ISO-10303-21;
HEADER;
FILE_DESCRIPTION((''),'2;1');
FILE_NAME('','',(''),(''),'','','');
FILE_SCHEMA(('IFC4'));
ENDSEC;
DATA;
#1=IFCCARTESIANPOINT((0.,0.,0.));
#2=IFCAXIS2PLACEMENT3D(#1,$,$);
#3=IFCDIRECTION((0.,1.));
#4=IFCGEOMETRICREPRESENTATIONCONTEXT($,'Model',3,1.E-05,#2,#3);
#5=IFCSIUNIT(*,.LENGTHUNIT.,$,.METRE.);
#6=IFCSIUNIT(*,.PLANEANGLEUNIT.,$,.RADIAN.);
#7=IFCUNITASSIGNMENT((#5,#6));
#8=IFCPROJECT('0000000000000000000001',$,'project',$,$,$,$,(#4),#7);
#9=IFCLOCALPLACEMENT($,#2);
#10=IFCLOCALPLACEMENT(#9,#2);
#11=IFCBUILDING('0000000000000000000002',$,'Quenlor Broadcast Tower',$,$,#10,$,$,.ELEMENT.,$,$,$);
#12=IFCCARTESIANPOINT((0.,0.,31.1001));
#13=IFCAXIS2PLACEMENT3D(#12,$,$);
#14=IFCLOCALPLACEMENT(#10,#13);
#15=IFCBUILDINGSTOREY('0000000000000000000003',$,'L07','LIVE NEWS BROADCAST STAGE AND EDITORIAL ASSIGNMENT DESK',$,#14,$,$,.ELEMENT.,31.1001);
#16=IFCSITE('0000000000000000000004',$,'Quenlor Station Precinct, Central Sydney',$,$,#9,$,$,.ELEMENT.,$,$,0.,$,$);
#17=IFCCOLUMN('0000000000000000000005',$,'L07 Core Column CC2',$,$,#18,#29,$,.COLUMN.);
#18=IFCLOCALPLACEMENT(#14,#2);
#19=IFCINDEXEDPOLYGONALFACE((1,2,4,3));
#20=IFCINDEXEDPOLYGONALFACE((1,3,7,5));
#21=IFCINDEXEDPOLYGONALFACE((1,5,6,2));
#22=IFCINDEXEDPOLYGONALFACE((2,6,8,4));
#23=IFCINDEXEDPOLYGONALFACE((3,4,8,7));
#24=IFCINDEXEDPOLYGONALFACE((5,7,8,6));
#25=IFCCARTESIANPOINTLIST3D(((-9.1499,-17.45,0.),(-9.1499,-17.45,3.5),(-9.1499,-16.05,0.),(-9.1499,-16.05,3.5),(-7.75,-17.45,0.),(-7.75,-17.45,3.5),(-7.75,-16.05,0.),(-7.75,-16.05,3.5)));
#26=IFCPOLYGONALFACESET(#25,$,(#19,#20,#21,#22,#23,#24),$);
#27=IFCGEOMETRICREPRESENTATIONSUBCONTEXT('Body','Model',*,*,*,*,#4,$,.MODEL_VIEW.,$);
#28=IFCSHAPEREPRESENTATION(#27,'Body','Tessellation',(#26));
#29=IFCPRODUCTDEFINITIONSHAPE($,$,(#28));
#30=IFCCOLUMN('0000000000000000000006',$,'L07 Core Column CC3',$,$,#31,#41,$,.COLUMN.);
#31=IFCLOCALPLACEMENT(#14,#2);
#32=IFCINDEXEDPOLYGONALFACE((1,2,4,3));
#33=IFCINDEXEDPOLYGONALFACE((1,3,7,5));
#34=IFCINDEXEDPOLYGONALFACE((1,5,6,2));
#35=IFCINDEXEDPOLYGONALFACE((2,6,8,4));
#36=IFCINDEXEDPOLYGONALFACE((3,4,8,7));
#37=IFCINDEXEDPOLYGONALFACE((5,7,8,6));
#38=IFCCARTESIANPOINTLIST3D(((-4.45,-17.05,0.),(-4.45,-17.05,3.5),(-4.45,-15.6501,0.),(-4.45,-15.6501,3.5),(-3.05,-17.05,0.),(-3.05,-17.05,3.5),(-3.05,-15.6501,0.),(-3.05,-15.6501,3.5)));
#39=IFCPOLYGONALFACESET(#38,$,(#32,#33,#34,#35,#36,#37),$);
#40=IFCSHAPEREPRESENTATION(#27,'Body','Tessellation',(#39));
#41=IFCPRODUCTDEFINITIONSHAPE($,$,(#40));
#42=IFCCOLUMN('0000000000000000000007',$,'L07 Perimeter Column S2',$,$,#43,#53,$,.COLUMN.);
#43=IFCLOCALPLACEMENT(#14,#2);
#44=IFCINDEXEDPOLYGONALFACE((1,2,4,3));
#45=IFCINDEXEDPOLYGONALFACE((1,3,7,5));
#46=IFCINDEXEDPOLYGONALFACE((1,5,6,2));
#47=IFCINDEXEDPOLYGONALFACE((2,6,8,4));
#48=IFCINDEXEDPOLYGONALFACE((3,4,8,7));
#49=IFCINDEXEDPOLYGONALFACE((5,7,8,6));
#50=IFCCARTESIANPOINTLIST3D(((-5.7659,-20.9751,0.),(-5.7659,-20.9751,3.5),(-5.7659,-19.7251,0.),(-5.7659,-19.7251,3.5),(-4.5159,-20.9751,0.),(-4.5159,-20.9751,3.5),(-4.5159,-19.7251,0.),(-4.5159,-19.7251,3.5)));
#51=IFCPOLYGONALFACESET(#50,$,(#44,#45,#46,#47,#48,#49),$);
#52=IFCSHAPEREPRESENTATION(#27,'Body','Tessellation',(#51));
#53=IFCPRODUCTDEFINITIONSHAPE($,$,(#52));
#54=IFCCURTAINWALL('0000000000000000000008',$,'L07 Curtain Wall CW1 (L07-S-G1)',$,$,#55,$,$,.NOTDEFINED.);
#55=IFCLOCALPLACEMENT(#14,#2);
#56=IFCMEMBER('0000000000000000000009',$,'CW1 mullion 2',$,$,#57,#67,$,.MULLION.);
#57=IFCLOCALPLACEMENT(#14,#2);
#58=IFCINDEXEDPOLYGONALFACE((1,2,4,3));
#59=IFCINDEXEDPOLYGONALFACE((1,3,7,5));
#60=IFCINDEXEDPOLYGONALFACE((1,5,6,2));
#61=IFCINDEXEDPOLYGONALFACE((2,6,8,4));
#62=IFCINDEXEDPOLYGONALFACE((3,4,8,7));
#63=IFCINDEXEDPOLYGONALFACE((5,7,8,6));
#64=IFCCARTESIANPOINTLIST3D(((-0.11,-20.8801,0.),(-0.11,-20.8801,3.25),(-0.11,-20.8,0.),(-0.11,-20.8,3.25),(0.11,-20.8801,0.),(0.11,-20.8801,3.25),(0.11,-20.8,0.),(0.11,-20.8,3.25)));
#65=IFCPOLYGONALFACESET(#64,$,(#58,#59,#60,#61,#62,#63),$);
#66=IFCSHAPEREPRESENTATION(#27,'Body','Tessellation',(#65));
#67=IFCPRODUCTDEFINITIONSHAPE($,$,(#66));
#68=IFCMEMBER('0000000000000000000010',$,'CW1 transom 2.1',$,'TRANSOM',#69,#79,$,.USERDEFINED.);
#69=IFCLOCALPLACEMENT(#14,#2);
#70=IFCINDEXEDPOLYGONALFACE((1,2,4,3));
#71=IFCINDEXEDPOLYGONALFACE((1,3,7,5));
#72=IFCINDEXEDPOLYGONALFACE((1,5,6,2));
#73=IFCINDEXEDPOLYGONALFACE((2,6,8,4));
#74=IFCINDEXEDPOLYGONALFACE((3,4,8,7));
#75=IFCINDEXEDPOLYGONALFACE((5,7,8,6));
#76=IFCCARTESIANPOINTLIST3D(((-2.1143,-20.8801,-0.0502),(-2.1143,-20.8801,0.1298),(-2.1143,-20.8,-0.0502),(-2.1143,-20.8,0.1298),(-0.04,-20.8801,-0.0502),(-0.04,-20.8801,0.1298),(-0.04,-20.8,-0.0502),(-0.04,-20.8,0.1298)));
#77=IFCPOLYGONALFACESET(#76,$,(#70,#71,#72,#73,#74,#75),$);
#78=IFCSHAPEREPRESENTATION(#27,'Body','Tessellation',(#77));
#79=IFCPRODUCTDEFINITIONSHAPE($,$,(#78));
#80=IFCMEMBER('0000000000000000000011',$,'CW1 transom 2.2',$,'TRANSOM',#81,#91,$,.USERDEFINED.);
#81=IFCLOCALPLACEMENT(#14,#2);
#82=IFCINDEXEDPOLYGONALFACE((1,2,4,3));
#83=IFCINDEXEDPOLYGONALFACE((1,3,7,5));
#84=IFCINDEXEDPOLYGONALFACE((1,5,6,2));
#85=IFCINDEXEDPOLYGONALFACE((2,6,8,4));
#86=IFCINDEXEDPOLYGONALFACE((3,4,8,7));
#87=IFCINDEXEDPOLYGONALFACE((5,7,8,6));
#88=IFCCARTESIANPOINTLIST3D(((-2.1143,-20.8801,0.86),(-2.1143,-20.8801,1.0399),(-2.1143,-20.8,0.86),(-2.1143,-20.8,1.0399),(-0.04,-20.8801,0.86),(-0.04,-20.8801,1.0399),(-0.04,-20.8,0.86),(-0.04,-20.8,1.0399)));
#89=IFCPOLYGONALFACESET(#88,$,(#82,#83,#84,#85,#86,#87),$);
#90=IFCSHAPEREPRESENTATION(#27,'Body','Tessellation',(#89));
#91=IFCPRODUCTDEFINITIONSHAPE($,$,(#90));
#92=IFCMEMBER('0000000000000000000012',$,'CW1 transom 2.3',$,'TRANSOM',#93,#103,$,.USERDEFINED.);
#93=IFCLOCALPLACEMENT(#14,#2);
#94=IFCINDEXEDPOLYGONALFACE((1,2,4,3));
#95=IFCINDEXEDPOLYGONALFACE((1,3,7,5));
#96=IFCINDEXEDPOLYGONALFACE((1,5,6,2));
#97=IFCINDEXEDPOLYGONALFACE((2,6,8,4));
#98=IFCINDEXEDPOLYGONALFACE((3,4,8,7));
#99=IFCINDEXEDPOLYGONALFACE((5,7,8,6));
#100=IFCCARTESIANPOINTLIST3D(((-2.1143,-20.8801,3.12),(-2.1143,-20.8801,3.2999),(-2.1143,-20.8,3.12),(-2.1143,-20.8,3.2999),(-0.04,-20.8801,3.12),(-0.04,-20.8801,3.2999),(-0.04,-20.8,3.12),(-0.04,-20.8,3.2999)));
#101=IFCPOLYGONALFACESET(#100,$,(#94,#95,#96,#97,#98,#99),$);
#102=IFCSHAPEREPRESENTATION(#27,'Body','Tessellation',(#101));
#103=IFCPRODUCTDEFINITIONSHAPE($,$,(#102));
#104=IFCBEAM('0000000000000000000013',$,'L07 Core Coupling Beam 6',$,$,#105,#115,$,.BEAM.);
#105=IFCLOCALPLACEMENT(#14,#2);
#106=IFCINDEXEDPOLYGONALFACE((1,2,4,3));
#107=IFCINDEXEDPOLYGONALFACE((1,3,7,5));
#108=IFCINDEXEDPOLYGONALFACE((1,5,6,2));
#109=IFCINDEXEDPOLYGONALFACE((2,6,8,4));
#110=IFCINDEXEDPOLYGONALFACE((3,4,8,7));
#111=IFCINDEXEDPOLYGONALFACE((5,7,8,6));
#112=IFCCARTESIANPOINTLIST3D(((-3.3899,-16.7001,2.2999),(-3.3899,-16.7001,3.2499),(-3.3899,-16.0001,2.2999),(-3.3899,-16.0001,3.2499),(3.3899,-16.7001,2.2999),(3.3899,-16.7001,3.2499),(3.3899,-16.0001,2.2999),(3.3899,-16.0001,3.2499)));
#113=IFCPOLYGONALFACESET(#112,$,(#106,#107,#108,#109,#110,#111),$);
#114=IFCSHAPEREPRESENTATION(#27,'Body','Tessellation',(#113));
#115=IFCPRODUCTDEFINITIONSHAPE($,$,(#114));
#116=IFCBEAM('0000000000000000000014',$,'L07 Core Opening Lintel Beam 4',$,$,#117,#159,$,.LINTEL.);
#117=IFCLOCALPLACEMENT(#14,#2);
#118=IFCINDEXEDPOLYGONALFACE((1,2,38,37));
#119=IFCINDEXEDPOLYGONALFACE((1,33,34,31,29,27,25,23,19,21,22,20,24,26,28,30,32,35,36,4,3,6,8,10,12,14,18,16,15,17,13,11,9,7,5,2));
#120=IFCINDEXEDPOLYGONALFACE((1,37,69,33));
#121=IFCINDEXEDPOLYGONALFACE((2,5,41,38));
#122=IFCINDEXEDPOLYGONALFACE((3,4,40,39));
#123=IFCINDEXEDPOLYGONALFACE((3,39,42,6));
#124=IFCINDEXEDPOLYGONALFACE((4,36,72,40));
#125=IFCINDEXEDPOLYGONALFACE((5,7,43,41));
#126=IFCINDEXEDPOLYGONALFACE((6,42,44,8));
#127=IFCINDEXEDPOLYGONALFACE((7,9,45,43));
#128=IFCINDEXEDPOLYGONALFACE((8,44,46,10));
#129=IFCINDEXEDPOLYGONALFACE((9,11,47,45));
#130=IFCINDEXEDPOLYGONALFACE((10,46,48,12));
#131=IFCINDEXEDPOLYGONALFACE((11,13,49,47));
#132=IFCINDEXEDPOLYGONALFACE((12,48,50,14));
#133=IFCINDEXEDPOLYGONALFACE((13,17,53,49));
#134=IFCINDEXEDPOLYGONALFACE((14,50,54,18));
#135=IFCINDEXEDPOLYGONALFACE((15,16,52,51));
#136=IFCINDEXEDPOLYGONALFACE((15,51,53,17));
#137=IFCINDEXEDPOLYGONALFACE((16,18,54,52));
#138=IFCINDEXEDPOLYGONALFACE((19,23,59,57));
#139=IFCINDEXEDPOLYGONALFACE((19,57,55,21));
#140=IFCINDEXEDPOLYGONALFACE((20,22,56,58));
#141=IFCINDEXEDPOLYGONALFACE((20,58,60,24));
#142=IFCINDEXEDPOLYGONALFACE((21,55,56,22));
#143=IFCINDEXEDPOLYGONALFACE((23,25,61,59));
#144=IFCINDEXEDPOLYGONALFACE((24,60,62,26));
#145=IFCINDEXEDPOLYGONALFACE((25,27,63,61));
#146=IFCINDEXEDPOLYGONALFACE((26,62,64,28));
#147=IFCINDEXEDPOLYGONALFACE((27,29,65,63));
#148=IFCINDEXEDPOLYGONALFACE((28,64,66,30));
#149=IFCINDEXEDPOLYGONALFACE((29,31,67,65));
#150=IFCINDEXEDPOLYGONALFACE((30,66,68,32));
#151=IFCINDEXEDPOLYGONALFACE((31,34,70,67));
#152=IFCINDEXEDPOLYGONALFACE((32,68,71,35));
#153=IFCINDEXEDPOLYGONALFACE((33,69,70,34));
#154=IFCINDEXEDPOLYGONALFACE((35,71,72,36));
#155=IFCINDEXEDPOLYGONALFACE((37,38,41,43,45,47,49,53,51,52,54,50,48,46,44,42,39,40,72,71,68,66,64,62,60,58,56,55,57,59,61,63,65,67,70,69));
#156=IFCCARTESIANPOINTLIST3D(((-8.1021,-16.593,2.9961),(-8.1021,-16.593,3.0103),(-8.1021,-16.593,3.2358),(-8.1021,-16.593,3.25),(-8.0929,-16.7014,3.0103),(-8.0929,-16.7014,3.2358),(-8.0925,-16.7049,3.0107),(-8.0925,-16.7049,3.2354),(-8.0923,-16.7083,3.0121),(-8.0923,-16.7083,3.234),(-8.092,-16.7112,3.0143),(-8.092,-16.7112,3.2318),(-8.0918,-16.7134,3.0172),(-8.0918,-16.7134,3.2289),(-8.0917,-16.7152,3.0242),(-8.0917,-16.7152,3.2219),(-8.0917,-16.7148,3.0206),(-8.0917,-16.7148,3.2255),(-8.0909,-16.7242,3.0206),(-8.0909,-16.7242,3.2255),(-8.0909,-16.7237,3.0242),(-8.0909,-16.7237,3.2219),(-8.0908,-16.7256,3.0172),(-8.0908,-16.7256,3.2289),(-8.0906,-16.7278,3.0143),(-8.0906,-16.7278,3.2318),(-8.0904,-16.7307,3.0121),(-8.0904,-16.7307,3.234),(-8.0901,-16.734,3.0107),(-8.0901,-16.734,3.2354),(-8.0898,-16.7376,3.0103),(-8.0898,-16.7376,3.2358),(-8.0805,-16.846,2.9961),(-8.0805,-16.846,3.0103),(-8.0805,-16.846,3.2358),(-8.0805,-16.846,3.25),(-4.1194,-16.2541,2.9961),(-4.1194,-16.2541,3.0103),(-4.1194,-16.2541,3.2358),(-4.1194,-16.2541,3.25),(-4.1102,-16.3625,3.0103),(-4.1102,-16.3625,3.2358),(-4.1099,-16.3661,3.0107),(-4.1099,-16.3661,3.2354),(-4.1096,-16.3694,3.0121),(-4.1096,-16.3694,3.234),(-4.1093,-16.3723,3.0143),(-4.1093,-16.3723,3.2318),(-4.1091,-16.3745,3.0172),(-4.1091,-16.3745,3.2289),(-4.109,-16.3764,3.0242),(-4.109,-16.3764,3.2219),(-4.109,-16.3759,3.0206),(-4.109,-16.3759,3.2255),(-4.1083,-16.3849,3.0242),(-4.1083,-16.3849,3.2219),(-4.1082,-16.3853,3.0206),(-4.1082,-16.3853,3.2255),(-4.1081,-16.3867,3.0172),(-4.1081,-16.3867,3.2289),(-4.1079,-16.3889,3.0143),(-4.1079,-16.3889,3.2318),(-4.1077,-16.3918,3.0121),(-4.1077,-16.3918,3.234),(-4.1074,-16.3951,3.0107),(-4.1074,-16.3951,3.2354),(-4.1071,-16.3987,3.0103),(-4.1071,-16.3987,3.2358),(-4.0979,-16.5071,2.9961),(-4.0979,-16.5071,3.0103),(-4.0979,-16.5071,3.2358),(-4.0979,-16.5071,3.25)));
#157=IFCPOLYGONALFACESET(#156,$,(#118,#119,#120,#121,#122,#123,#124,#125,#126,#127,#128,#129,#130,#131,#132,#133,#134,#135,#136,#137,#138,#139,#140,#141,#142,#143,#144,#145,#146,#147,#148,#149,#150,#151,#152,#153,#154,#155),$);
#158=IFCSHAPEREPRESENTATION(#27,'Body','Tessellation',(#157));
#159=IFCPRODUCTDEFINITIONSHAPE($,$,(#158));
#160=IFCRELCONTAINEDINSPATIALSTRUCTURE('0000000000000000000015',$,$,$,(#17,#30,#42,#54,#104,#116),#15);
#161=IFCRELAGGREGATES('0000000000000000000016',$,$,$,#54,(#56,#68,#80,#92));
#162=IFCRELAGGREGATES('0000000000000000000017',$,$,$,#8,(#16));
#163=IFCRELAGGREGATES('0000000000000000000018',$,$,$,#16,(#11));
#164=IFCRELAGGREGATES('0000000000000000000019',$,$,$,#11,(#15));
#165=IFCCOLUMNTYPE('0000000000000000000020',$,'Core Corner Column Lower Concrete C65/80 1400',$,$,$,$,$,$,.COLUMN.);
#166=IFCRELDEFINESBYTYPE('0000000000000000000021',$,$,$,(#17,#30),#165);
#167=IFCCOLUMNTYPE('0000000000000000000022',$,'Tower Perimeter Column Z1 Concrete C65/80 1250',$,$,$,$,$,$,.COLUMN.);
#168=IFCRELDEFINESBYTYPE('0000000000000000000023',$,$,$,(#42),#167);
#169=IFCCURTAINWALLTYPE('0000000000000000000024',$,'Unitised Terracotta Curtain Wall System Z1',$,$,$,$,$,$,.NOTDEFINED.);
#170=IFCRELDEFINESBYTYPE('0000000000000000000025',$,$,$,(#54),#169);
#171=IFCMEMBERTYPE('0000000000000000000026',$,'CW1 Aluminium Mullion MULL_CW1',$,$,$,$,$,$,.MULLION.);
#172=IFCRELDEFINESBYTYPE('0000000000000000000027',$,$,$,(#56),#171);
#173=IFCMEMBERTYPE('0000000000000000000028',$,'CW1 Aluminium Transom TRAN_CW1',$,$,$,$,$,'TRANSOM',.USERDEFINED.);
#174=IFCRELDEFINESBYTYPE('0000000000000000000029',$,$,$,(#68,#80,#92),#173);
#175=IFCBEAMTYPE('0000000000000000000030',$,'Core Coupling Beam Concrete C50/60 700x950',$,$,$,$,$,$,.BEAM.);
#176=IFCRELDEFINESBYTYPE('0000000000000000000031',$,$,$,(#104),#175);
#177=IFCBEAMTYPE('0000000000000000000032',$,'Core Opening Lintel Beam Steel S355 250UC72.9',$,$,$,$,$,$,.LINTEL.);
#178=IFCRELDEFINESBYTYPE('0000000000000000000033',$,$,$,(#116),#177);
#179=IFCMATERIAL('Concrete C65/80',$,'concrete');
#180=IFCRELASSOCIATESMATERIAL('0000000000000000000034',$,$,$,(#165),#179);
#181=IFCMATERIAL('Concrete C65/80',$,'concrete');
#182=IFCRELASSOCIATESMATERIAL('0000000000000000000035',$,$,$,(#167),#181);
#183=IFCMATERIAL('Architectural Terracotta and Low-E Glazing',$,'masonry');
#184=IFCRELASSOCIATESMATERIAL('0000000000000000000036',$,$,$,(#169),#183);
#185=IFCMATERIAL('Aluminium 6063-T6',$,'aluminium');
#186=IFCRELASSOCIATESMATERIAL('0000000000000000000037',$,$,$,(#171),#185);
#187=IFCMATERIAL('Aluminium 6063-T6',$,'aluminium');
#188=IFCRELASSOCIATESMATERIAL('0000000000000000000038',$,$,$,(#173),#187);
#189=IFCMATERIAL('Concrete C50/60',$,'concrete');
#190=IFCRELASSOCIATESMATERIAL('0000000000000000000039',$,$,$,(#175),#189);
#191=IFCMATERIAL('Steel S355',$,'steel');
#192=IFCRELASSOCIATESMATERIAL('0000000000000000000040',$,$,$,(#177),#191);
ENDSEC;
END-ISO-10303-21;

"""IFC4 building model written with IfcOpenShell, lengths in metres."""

from ifc_helpers import new_model, si_unit, direction, frame, origin, origin_2d, place, context, subcontext, project, spatial, rectangle, i_section, extrude, material, material_profile, profile_set, type_object, element, aggregate, save


model = new_model("IFC4")

# Units and contexts
model_context = context("Model", 3, precision=1e-05, world=origin(), true_north=direction((0.0, 1.0)))
body_context = subcontext(model_context, "Body", "Model", "MODEL_VIEW")
ifc_project = project(units=[si_unit("LENGTHUNIT", "METRE"), si_unit("PLANEANGLEUNIT", "RADIAN")], contexts=[model_context])

# Site, building, storey
site_placement = place(None, origin())
site = spatial("IfcSite", under=ifc_project, at=site_placement, Name="Quenlor Station Precinct, Central Sydney", CompositionType="ELEMENT", RefElevation=0.0)
building_placement = place(site_placement, origin())
building = spatial("IfcBuilding", under=site, at=building_placement, Name="Quenlor Broadcast Tower", CompositionType="ELEMENT")
storey_placement = place(building_placement, frame((0.0, 0.0, 31.1001)))
storey = spatial("IfcBuildingStorey", under=building, at=storey_placement, Name="L07", Description="LIVE NEWS BROADCAST STAGE AND EDITORIAL ASSIGNMENT DESK", CompositionType="ELEMENT", Elevation=31.1001)

# Columns
ifc_material_1 = material(Name="Concrete C65/80", Category="concrete")
ifc_material_profile_1 = material_profile(ifc_material_1, rectangle(XDim=1.3999, YDim=1.3999, at=origin_2d()))
ifc_profile_set_1 = profile_set([ifc_material_profile_1], Name="Concrete C65/80 RC1400x1400")
column_type_1 = type_object("IfcColumnType", Name="Core Corner Column Lower Concrete C65/80 1400", PredefinedType="COLUMN", material=ifc_profile_set_1)
for number, where, z_axis, x_axis, name in (
    (1, (-8.45, -16.75, 0.0), (0.0, 0.0, 1.0), (1.0, 0.0, 0.0), "L07 Core Column CC2"),
    (2, (-3.75, -16.3501, 0.0), (0.0, 0.0, 1.0), (1.0, 0.0, 0.0), "L07 Core Column CC3"),
):
    element("IfcColumn", number, at=place(storey_placement, frame(where, z_axis=z_axis, x_axis=x_axis)), inside=storey, type_object=column_type_1, Name=name, PredefinedType="COLUMN", context=body_context, shape_type="SweptSolid", body=[
        extrude(rectangle(XDim=1.3999, YDim=1.3999, at=origin_2d()), origin(), (0.0, 0.0, 1.0), 3.5),
    ])
ifc_material_2 = material(Name="Concrete C65/80", Category="concrete")
ifc_material_profile_2 = material_profile(ifc_material_2, rectangle(XDim=1.25, YDim=1.25, at=origin_2d()))
ifc_profile_set_2 = profile_set([ifc_material_profile_2], Name="Concrete C65/80 RC1250x1250")
column_type_2 = type_object("IfcColumnType", Name="Tower Perimeter Column Z1 Concrete C65/80 1250", PredefinedType="COLUMN", material=ifc_profile_set_2)
column_placement = place(storey_placement, frame((-5.1409, -20.3501, 0.0), z_axis=(0.0, 0.0, 1.0), x_axis=(0.0, 1.0, 0.0)))
element("IfcColumn", 3, at=column_placement, inside=storey, type_object=column_type_2, Name="L07 Perimeter Column S2", PredefinedType="COLUMN", context=body_context, shape_type="SweptSolid", body=[
    extrude(rectangle(XDim=1.25, YDim=1.25, at=origin_2d()), origin(), (0.0, 0.0, 1.0), 3.5),
])

# Curtain wall, members
ifc_material_3 = material(Name="Architectural Terracotta and Low-E Glazing", Category="masonry")
curtain_wall_type = type_object("IfcCurtainWallType", Name="Unitised Terracotta Curtain Wall System Z1", PredefinedType="NOTDEFINED", material=ifc_material_3)
curtain_wall_placement = place(storey_placement, origin())
curtain_wall = element("IfcCurtainWall", 4, at=curtain_wall_placement, inside=storey, type_object=curtain_wall_type, Name="L07 Curtain Wall CW1 (L07-S-G1)", PredefinedType="NOTDEFINED")
ifc_material_4 = material(Name="Aluminium 6063-T6", Category="aluminium")
ifc_material_profile_3 = material_profile(ifc_material_4, rectangle(XDim=0.0801, YDim=0.22, at=origin_2d()))
ifc_profile_set_3 = profile_set([ifc_material_profile_3], Name="Aluminium 6063-T6 MULL80x220")
member_type_1 = type_object("IfcMemberType", Name="CW1 Aluminium Mullion MULL_CW1", PredefinedType="MULLION", material=ifc_profile_set_3)
member_1_placement = place(storey_placement, frame((0.0, -20.8401, 0.0), z_axis=(0.0, 0.0, 1.0), x_axis=(0.0, -1.0, 0.0)))
member_1 = element("IfcMember", 5, at=member_1_placement, type_object=member_type_1, Name="CW1 mullion 2", PredefinedType="MULLION", context=body_context, shape_type="SweptSolid", body=[
    extrude(rectangle(XDim=0.0801, YDim=0.22, at=origin_2d()), origin(), (0.0, 0.0, 1.0), 3.25),
])
ifc_material_5 = material(Name="Aluminium 6063-T6", Category="aluminium")
ifc_material_profile_4 = material_profile(ifc_material_5, rectangle(XDim=0.0801, YDim=0.1799, at=origin_2d()))
ifc_profile_set_4 = profile_set([ifc_material_profile_4], Name="Aluminium 6063-T6 TRAN80x180")
member_type_2 = type_object("IfcMemberType", Name="CW1 Aluminium Transom TRAN_CW1", ElementType="TRANSOM", PredefinedType="USERDEFINED", material=ifc_profile_set_4)
member_2_placement = place(storey_placement, frame((-0.04, -20.8401, 0.0398), z_axis=(-1.0, 0.0, 0.0), x_axis=(0.0, -1.0, 0.0)))
member_2 = element("IfcMember", 6, at=member_2_placement, type_object=member_type_2, Name="CW1 transom 2.1", ObjectType="TRANSOM", PredefinedType="USERDEFINED", context=body_context, shape_type="SweptSolid", body=[
    extrude(rectangle(XDim=0.0801, YDim=0.1799, at=origin_2d()), origin(), (0.0, 0.0, 1.0), 2.0742),
])
member_3_placement = place(storey_placement, frame((-0.04, -20.8401, 0.95), z_axis=(-1.0, 0.0, 0.0), x_axis=(0.0, -1.0, 0.0)))
member_3 = element("IfcMember", 7, at=member_3_placement, type_object=member_type_2, Name="CW1 transom 2.2", ObjectType="TRANSOM", PredefinedType="USERDEFINED", context=body_context, shape_type="SweptSolid", body=[
    extrude(rectangle(XDim=0.0801, YDim=0.1799, at=origin_2d()), origin(), (0.0, 0.0, 1.0), 2.0742),
])
member_4_placement = place(storey_placement, frame((-0.04, -20.8401, 3.21), z_axis=(-1.0, 0.0, 0.0), x_axis=(0.0, -1.0, 0.0)))
member_4 = element("IfcMember", 8, at=member_4_placement, type_object=member_type_2, Name="CW1 transom 2.3", ObjectType="TRANSOM", PredefinedType="USERDEFINED", context=body_context, shape_type="SweptSolid", body=[
    extrude(rectangle(XDim=0.0801, YDim=0.1799, at=origin_2d()), origin(), (0.0, 0.0, 1.0), 2.0742),
])
aggregate(curtain_wall, [member_1, member_2, member_3, member_4])

# Beams
ifc_material_6 = material(Name="Concrete C50/60", Category="concrete")
ifc_material_profile_5 = material_profile(ifc_material_6, rectangle(XDim=0.7, YDim=0.95, at=origin_2d()))
ifc_profile_set_5 = profile_set([ifc_material_profile_5], Name="Concrete C50/60 RCB700x950")
beam_type_1 = type_object("IfcBeamType", Name="Core Coupling Beam Concrete C50/60 700x950", PredefinedType="BEAM", material=ifc_profile_set_5)
beam_1_placement = place(storey_placement, frame((-3.3899, -16.3501, 2.7749), z_axis=(1.0, 0.0, 0.0), x_axis=(0.0, 1.0, 0.0)))
element("IfcBeam", 9, at=beam_1_placement, inside=storey, type_object=beam_type_1, Name="L07 Core Coupling Beam 6", PredefinedType="BEAM", context=body_context, shape_type="SweptSolid", body=[
    extrude(rectangle(XDim=0.7, YDim=0.95, at=origin_2d()), origin(), (0.0, 0.0, 1.0), 6.7798),
])
ifc_material_7 = material(Name="Steel S355", Category="steel")
ifc_material_profile_6 = material_profile(ifc_material_7, i_section(OverallWidth=0.2539, OverallDepth=0.2539, WebThickness=0.0085, FlangeThickness=0.0142, FilletRadius=0.0139, at=origin_2d()))
ifc_profile_set_6 = profile_set([ifc_material_profile_6], Name="Steel S355 250UC72.9")
beam_type_2 = type_object("IfcBeamType", Name="Core Opening Lintel Beam Steel S355 250UC72.9", PredefinedType="LINTEL", material=ifc_profile_set_6)
beam_2_placement = place(storey_placement, frame((-8.0913, -16.7195, 3.123), z_axis=(0.9964, 0.084779, 0.0), x_axis=(-0.084779, 0.9964, 0.0)))
element("IfcBeam", 10, at=beam_2_placement, inside=storey, type_object=beam_type_2, Name="L07 Core Opening Lintel Beam 4", PredefinedType="LINTEL", context=body_context, shape_type="SweptSolid", body=[
    extrude(i_section(OverallWidth=0.2539, OverallDepth=0.2539, WebThickness=0.0085, FlangeThickness=0.0142, FilletRadius=0.0139, at=origin_2d()), origin(), (0.0, 0.0, 1.0), 3.9971),
])

save(model, "model.ifc")
